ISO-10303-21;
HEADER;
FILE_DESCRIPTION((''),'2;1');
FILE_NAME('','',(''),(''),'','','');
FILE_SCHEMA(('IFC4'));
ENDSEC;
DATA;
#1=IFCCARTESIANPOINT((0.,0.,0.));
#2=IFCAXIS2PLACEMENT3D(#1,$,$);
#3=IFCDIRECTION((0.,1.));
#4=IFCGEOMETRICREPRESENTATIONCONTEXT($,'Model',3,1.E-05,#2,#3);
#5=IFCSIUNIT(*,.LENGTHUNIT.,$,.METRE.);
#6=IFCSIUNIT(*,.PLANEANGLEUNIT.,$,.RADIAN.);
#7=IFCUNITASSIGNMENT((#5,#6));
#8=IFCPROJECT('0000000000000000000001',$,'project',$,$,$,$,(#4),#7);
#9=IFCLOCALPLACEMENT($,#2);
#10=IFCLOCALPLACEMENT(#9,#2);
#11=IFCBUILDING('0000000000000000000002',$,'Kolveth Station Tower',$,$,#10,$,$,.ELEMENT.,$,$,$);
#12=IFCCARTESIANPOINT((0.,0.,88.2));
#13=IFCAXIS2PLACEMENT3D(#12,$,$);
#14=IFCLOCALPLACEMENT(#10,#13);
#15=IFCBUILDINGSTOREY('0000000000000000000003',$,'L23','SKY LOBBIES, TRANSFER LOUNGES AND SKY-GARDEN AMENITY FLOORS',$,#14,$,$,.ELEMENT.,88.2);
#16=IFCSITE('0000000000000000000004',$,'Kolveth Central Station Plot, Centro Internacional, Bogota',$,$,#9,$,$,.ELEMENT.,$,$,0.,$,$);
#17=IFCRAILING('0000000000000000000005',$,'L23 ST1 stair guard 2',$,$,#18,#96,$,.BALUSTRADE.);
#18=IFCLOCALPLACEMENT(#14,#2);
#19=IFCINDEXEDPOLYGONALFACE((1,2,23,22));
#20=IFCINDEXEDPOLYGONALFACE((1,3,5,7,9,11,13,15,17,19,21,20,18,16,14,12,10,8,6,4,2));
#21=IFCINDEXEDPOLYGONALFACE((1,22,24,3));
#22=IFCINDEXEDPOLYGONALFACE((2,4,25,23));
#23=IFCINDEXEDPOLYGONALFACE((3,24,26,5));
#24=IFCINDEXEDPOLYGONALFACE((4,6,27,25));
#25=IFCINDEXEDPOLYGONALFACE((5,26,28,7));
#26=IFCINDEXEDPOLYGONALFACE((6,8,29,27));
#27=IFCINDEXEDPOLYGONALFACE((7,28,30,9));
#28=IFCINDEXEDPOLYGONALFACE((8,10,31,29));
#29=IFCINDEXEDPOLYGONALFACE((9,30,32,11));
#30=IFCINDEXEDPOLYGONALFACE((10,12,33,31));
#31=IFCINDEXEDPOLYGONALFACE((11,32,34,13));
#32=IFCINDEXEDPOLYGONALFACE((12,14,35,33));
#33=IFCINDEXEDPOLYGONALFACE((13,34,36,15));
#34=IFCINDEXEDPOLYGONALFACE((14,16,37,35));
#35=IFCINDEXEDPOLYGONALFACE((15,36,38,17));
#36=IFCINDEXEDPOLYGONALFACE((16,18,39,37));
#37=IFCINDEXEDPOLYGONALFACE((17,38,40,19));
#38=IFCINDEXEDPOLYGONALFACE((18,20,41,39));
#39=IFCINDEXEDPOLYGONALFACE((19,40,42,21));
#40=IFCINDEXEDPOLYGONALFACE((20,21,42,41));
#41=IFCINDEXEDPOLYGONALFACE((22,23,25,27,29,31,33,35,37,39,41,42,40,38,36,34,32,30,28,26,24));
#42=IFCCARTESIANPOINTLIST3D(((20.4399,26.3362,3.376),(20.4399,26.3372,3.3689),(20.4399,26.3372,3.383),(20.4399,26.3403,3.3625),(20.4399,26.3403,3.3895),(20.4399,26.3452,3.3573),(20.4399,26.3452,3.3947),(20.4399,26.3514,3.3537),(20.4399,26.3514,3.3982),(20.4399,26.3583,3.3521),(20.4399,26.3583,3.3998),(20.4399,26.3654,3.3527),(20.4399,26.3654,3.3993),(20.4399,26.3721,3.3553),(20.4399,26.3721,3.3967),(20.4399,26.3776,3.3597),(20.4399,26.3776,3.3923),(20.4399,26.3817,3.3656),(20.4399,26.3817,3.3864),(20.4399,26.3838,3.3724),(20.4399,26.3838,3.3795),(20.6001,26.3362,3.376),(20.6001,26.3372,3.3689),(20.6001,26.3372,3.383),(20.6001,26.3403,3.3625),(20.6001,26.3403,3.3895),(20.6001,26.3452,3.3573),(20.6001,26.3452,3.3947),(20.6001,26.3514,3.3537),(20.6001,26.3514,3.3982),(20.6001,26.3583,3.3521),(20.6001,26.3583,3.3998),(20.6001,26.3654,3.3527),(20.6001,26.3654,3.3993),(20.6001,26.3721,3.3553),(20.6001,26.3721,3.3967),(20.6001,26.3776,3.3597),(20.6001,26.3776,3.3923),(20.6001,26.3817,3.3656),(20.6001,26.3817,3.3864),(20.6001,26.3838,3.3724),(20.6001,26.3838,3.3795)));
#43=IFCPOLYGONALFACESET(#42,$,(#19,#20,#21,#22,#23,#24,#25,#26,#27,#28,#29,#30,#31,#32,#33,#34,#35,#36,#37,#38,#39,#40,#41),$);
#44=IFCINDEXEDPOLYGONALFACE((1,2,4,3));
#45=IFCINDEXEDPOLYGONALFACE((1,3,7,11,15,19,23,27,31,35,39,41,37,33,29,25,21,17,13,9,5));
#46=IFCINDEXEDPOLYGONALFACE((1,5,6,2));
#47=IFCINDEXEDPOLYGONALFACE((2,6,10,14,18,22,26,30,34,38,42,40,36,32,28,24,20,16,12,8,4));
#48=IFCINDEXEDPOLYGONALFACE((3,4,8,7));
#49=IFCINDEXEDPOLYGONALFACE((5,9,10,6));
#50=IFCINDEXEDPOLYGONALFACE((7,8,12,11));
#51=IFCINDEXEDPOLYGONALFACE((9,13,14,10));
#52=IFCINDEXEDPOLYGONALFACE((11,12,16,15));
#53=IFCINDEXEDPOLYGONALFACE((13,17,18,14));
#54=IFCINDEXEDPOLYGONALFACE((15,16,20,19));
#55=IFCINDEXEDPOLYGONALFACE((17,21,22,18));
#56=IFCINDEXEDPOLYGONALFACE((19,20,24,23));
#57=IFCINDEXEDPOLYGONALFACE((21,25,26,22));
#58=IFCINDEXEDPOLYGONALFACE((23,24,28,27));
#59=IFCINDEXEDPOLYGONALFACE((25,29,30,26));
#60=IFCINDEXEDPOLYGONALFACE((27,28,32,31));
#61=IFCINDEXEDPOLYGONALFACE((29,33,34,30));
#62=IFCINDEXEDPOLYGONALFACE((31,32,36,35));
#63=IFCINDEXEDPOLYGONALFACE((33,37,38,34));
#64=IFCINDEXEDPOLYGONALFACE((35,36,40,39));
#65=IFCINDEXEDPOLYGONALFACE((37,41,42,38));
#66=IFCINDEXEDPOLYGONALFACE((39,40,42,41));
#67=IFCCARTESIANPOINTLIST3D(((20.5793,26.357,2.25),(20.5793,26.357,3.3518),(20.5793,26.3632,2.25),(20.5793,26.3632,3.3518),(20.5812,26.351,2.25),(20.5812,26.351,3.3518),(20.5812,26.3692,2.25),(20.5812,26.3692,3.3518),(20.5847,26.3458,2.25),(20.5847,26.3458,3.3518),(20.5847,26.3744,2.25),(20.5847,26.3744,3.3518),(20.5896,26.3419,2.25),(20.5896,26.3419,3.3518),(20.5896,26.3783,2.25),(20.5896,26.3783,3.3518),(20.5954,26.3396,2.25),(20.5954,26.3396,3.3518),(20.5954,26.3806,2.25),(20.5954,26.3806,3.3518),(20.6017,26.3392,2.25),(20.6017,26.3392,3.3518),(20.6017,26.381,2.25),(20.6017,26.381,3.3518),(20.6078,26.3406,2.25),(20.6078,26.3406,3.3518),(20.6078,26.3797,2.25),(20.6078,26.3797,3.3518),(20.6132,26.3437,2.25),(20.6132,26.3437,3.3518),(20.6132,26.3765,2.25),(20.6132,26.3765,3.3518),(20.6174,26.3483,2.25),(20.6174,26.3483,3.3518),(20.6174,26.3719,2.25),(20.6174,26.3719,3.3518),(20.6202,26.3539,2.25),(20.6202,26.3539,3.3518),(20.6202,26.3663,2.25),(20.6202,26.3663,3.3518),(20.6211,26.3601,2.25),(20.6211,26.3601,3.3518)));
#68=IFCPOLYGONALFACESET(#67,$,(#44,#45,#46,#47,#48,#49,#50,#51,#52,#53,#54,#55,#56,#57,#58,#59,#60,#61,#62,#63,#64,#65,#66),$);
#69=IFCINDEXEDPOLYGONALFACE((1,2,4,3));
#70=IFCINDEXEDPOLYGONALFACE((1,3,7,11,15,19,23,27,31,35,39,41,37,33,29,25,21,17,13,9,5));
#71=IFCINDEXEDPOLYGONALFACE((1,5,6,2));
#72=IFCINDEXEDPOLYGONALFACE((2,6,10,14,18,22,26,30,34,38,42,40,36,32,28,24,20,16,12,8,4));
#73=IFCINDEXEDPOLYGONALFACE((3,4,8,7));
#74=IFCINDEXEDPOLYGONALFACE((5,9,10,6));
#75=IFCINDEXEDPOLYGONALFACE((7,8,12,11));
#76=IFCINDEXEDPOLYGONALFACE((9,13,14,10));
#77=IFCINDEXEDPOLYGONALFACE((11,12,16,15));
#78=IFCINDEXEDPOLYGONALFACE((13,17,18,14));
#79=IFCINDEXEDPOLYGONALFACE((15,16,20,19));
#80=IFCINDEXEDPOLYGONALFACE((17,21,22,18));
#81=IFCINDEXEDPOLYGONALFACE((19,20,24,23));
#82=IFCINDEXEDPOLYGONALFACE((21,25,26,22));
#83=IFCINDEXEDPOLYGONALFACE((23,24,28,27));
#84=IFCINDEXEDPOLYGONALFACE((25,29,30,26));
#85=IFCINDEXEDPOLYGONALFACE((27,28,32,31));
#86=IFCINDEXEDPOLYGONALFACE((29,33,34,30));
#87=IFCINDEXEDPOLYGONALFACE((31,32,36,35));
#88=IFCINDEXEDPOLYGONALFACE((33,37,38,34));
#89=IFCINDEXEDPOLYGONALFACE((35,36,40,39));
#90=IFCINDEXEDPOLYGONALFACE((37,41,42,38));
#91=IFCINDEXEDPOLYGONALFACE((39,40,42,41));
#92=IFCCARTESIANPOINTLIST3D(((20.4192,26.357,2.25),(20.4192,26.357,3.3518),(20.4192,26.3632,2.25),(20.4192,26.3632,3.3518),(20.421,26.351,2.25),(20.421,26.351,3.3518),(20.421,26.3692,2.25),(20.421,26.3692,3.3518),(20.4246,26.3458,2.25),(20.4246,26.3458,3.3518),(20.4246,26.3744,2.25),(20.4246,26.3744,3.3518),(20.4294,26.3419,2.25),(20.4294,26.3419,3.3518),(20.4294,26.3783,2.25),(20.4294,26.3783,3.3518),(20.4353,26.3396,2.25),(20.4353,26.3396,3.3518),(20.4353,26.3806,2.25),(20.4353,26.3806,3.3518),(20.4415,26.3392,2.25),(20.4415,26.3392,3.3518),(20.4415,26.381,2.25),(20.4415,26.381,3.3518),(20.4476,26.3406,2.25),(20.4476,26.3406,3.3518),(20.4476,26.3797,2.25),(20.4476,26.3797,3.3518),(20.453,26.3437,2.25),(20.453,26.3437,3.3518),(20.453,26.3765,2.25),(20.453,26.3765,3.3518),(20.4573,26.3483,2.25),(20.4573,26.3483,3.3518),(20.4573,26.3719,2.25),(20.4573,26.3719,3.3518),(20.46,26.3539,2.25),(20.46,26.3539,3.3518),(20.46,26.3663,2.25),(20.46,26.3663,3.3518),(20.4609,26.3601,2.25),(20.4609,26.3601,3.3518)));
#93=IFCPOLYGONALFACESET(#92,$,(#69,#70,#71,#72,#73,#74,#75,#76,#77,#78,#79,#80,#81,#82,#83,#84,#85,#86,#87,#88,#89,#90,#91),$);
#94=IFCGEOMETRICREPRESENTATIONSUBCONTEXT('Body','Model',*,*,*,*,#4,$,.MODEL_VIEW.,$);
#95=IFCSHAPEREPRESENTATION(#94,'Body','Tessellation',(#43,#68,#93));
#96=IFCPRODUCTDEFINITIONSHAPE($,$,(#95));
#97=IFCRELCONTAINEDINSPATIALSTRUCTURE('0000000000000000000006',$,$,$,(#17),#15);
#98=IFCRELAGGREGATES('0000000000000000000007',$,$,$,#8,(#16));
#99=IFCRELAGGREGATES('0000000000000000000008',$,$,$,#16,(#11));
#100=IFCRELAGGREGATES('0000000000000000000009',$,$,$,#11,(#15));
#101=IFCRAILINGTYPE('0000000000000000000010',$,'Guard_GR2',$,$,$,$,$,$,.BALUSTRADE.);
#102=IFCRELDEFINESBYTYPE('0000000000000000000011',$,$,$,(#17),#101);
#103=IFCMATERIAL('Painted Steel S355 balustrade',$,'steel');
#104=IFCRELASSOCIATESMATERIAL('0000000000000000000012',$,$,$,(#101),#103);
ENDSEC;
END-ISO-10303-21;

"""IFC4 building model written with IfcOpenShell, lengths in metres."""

from ifc_helpers import new_model, si_unit, direction, frame, origin, origin_2d, place, context, subcontext, project, spatial, circle, extrude, material, type_object, element, save


model = new_model("IFC4")

# Units and contexts
model_context = context("Model", 3, precision=1e-05, world=origin(), true_north=direction((0.0, 1.0)))
body_context = subcontext(model_context, "Body", "Model", "MODEL_VIEW")
ifc_project = project(units=[si_unit("LENGTHUNIT", "METRE"), si_unit("PLANEANGLEUNIT", "RADIAN")], contexts=[model_context])

# Site, building, storey
site_placement = place(None, origin())
site = spatial("IfcSite", under=ifc_project, at=site_placement, Name="Kolveth Central Station Plot, Centro Internacional, Bogota", CompositionType="ELEMENT", RefElevation=0.0)
building_placement = place(site_placement, origin())
building = spatial("IfcBuilding", under=site, at=building_placement, Name="Kolveth Station Tower", CompositionType="ELEMENT")
storey_placement = place(building_placement, frame((0.0, 0.0, 88.2)))
storey = spatial("IfcBuildingStorey", under=building, at=storey_placement, Name="L23", Description="SKY LOBBIES, TRANSFER LOUNGES AND SKY-GARDEN AMENITY FLOORS", CompositionType="ELEMENT", Elevation=88.2)

# Railing
ifc_material_1 = material(Name="Painted Steel S355 balustrade", Category="steel")
railing_type_1 = type_object("IfcRailingType", Name="Guard_GR2", PredefinedType="BALUSTRADE", material=ifc_material_1)
railing_1_placement = place(storey_placement, frame((20.6001, 26.3601, 2.25)))
element("IfcRailing", 1, at=railing_1_placement, inside=storey, type_object=railing_type_1, Name="L23 ST1 stair guard 2", PredefinedType="BALUSTRADE", context=body_context, shape_type="SweptSolid", body=[
    extrude(circle(Radius=0.0239, at=origin_2d()), frame((0.0, 0.0, 1.126), z_axis=(-1.0, 0.0, 0.0), x_axis=(0.0, -1.0, 0.0)), (0.0, 0.0, 1.0), 0.1602),
    extrude(circle(Radius=0.021, at=origin_2d()), origin(), (0.0, 0.0, 1.0), 1.1018),
    extrude(circle(Radius=0.021, at=origin_2d()), frame((-0.1602, 0.0, 0.0)), (0.0, 0.0, 1.0), 1.1018),
])

save(model, "model.ifc")
